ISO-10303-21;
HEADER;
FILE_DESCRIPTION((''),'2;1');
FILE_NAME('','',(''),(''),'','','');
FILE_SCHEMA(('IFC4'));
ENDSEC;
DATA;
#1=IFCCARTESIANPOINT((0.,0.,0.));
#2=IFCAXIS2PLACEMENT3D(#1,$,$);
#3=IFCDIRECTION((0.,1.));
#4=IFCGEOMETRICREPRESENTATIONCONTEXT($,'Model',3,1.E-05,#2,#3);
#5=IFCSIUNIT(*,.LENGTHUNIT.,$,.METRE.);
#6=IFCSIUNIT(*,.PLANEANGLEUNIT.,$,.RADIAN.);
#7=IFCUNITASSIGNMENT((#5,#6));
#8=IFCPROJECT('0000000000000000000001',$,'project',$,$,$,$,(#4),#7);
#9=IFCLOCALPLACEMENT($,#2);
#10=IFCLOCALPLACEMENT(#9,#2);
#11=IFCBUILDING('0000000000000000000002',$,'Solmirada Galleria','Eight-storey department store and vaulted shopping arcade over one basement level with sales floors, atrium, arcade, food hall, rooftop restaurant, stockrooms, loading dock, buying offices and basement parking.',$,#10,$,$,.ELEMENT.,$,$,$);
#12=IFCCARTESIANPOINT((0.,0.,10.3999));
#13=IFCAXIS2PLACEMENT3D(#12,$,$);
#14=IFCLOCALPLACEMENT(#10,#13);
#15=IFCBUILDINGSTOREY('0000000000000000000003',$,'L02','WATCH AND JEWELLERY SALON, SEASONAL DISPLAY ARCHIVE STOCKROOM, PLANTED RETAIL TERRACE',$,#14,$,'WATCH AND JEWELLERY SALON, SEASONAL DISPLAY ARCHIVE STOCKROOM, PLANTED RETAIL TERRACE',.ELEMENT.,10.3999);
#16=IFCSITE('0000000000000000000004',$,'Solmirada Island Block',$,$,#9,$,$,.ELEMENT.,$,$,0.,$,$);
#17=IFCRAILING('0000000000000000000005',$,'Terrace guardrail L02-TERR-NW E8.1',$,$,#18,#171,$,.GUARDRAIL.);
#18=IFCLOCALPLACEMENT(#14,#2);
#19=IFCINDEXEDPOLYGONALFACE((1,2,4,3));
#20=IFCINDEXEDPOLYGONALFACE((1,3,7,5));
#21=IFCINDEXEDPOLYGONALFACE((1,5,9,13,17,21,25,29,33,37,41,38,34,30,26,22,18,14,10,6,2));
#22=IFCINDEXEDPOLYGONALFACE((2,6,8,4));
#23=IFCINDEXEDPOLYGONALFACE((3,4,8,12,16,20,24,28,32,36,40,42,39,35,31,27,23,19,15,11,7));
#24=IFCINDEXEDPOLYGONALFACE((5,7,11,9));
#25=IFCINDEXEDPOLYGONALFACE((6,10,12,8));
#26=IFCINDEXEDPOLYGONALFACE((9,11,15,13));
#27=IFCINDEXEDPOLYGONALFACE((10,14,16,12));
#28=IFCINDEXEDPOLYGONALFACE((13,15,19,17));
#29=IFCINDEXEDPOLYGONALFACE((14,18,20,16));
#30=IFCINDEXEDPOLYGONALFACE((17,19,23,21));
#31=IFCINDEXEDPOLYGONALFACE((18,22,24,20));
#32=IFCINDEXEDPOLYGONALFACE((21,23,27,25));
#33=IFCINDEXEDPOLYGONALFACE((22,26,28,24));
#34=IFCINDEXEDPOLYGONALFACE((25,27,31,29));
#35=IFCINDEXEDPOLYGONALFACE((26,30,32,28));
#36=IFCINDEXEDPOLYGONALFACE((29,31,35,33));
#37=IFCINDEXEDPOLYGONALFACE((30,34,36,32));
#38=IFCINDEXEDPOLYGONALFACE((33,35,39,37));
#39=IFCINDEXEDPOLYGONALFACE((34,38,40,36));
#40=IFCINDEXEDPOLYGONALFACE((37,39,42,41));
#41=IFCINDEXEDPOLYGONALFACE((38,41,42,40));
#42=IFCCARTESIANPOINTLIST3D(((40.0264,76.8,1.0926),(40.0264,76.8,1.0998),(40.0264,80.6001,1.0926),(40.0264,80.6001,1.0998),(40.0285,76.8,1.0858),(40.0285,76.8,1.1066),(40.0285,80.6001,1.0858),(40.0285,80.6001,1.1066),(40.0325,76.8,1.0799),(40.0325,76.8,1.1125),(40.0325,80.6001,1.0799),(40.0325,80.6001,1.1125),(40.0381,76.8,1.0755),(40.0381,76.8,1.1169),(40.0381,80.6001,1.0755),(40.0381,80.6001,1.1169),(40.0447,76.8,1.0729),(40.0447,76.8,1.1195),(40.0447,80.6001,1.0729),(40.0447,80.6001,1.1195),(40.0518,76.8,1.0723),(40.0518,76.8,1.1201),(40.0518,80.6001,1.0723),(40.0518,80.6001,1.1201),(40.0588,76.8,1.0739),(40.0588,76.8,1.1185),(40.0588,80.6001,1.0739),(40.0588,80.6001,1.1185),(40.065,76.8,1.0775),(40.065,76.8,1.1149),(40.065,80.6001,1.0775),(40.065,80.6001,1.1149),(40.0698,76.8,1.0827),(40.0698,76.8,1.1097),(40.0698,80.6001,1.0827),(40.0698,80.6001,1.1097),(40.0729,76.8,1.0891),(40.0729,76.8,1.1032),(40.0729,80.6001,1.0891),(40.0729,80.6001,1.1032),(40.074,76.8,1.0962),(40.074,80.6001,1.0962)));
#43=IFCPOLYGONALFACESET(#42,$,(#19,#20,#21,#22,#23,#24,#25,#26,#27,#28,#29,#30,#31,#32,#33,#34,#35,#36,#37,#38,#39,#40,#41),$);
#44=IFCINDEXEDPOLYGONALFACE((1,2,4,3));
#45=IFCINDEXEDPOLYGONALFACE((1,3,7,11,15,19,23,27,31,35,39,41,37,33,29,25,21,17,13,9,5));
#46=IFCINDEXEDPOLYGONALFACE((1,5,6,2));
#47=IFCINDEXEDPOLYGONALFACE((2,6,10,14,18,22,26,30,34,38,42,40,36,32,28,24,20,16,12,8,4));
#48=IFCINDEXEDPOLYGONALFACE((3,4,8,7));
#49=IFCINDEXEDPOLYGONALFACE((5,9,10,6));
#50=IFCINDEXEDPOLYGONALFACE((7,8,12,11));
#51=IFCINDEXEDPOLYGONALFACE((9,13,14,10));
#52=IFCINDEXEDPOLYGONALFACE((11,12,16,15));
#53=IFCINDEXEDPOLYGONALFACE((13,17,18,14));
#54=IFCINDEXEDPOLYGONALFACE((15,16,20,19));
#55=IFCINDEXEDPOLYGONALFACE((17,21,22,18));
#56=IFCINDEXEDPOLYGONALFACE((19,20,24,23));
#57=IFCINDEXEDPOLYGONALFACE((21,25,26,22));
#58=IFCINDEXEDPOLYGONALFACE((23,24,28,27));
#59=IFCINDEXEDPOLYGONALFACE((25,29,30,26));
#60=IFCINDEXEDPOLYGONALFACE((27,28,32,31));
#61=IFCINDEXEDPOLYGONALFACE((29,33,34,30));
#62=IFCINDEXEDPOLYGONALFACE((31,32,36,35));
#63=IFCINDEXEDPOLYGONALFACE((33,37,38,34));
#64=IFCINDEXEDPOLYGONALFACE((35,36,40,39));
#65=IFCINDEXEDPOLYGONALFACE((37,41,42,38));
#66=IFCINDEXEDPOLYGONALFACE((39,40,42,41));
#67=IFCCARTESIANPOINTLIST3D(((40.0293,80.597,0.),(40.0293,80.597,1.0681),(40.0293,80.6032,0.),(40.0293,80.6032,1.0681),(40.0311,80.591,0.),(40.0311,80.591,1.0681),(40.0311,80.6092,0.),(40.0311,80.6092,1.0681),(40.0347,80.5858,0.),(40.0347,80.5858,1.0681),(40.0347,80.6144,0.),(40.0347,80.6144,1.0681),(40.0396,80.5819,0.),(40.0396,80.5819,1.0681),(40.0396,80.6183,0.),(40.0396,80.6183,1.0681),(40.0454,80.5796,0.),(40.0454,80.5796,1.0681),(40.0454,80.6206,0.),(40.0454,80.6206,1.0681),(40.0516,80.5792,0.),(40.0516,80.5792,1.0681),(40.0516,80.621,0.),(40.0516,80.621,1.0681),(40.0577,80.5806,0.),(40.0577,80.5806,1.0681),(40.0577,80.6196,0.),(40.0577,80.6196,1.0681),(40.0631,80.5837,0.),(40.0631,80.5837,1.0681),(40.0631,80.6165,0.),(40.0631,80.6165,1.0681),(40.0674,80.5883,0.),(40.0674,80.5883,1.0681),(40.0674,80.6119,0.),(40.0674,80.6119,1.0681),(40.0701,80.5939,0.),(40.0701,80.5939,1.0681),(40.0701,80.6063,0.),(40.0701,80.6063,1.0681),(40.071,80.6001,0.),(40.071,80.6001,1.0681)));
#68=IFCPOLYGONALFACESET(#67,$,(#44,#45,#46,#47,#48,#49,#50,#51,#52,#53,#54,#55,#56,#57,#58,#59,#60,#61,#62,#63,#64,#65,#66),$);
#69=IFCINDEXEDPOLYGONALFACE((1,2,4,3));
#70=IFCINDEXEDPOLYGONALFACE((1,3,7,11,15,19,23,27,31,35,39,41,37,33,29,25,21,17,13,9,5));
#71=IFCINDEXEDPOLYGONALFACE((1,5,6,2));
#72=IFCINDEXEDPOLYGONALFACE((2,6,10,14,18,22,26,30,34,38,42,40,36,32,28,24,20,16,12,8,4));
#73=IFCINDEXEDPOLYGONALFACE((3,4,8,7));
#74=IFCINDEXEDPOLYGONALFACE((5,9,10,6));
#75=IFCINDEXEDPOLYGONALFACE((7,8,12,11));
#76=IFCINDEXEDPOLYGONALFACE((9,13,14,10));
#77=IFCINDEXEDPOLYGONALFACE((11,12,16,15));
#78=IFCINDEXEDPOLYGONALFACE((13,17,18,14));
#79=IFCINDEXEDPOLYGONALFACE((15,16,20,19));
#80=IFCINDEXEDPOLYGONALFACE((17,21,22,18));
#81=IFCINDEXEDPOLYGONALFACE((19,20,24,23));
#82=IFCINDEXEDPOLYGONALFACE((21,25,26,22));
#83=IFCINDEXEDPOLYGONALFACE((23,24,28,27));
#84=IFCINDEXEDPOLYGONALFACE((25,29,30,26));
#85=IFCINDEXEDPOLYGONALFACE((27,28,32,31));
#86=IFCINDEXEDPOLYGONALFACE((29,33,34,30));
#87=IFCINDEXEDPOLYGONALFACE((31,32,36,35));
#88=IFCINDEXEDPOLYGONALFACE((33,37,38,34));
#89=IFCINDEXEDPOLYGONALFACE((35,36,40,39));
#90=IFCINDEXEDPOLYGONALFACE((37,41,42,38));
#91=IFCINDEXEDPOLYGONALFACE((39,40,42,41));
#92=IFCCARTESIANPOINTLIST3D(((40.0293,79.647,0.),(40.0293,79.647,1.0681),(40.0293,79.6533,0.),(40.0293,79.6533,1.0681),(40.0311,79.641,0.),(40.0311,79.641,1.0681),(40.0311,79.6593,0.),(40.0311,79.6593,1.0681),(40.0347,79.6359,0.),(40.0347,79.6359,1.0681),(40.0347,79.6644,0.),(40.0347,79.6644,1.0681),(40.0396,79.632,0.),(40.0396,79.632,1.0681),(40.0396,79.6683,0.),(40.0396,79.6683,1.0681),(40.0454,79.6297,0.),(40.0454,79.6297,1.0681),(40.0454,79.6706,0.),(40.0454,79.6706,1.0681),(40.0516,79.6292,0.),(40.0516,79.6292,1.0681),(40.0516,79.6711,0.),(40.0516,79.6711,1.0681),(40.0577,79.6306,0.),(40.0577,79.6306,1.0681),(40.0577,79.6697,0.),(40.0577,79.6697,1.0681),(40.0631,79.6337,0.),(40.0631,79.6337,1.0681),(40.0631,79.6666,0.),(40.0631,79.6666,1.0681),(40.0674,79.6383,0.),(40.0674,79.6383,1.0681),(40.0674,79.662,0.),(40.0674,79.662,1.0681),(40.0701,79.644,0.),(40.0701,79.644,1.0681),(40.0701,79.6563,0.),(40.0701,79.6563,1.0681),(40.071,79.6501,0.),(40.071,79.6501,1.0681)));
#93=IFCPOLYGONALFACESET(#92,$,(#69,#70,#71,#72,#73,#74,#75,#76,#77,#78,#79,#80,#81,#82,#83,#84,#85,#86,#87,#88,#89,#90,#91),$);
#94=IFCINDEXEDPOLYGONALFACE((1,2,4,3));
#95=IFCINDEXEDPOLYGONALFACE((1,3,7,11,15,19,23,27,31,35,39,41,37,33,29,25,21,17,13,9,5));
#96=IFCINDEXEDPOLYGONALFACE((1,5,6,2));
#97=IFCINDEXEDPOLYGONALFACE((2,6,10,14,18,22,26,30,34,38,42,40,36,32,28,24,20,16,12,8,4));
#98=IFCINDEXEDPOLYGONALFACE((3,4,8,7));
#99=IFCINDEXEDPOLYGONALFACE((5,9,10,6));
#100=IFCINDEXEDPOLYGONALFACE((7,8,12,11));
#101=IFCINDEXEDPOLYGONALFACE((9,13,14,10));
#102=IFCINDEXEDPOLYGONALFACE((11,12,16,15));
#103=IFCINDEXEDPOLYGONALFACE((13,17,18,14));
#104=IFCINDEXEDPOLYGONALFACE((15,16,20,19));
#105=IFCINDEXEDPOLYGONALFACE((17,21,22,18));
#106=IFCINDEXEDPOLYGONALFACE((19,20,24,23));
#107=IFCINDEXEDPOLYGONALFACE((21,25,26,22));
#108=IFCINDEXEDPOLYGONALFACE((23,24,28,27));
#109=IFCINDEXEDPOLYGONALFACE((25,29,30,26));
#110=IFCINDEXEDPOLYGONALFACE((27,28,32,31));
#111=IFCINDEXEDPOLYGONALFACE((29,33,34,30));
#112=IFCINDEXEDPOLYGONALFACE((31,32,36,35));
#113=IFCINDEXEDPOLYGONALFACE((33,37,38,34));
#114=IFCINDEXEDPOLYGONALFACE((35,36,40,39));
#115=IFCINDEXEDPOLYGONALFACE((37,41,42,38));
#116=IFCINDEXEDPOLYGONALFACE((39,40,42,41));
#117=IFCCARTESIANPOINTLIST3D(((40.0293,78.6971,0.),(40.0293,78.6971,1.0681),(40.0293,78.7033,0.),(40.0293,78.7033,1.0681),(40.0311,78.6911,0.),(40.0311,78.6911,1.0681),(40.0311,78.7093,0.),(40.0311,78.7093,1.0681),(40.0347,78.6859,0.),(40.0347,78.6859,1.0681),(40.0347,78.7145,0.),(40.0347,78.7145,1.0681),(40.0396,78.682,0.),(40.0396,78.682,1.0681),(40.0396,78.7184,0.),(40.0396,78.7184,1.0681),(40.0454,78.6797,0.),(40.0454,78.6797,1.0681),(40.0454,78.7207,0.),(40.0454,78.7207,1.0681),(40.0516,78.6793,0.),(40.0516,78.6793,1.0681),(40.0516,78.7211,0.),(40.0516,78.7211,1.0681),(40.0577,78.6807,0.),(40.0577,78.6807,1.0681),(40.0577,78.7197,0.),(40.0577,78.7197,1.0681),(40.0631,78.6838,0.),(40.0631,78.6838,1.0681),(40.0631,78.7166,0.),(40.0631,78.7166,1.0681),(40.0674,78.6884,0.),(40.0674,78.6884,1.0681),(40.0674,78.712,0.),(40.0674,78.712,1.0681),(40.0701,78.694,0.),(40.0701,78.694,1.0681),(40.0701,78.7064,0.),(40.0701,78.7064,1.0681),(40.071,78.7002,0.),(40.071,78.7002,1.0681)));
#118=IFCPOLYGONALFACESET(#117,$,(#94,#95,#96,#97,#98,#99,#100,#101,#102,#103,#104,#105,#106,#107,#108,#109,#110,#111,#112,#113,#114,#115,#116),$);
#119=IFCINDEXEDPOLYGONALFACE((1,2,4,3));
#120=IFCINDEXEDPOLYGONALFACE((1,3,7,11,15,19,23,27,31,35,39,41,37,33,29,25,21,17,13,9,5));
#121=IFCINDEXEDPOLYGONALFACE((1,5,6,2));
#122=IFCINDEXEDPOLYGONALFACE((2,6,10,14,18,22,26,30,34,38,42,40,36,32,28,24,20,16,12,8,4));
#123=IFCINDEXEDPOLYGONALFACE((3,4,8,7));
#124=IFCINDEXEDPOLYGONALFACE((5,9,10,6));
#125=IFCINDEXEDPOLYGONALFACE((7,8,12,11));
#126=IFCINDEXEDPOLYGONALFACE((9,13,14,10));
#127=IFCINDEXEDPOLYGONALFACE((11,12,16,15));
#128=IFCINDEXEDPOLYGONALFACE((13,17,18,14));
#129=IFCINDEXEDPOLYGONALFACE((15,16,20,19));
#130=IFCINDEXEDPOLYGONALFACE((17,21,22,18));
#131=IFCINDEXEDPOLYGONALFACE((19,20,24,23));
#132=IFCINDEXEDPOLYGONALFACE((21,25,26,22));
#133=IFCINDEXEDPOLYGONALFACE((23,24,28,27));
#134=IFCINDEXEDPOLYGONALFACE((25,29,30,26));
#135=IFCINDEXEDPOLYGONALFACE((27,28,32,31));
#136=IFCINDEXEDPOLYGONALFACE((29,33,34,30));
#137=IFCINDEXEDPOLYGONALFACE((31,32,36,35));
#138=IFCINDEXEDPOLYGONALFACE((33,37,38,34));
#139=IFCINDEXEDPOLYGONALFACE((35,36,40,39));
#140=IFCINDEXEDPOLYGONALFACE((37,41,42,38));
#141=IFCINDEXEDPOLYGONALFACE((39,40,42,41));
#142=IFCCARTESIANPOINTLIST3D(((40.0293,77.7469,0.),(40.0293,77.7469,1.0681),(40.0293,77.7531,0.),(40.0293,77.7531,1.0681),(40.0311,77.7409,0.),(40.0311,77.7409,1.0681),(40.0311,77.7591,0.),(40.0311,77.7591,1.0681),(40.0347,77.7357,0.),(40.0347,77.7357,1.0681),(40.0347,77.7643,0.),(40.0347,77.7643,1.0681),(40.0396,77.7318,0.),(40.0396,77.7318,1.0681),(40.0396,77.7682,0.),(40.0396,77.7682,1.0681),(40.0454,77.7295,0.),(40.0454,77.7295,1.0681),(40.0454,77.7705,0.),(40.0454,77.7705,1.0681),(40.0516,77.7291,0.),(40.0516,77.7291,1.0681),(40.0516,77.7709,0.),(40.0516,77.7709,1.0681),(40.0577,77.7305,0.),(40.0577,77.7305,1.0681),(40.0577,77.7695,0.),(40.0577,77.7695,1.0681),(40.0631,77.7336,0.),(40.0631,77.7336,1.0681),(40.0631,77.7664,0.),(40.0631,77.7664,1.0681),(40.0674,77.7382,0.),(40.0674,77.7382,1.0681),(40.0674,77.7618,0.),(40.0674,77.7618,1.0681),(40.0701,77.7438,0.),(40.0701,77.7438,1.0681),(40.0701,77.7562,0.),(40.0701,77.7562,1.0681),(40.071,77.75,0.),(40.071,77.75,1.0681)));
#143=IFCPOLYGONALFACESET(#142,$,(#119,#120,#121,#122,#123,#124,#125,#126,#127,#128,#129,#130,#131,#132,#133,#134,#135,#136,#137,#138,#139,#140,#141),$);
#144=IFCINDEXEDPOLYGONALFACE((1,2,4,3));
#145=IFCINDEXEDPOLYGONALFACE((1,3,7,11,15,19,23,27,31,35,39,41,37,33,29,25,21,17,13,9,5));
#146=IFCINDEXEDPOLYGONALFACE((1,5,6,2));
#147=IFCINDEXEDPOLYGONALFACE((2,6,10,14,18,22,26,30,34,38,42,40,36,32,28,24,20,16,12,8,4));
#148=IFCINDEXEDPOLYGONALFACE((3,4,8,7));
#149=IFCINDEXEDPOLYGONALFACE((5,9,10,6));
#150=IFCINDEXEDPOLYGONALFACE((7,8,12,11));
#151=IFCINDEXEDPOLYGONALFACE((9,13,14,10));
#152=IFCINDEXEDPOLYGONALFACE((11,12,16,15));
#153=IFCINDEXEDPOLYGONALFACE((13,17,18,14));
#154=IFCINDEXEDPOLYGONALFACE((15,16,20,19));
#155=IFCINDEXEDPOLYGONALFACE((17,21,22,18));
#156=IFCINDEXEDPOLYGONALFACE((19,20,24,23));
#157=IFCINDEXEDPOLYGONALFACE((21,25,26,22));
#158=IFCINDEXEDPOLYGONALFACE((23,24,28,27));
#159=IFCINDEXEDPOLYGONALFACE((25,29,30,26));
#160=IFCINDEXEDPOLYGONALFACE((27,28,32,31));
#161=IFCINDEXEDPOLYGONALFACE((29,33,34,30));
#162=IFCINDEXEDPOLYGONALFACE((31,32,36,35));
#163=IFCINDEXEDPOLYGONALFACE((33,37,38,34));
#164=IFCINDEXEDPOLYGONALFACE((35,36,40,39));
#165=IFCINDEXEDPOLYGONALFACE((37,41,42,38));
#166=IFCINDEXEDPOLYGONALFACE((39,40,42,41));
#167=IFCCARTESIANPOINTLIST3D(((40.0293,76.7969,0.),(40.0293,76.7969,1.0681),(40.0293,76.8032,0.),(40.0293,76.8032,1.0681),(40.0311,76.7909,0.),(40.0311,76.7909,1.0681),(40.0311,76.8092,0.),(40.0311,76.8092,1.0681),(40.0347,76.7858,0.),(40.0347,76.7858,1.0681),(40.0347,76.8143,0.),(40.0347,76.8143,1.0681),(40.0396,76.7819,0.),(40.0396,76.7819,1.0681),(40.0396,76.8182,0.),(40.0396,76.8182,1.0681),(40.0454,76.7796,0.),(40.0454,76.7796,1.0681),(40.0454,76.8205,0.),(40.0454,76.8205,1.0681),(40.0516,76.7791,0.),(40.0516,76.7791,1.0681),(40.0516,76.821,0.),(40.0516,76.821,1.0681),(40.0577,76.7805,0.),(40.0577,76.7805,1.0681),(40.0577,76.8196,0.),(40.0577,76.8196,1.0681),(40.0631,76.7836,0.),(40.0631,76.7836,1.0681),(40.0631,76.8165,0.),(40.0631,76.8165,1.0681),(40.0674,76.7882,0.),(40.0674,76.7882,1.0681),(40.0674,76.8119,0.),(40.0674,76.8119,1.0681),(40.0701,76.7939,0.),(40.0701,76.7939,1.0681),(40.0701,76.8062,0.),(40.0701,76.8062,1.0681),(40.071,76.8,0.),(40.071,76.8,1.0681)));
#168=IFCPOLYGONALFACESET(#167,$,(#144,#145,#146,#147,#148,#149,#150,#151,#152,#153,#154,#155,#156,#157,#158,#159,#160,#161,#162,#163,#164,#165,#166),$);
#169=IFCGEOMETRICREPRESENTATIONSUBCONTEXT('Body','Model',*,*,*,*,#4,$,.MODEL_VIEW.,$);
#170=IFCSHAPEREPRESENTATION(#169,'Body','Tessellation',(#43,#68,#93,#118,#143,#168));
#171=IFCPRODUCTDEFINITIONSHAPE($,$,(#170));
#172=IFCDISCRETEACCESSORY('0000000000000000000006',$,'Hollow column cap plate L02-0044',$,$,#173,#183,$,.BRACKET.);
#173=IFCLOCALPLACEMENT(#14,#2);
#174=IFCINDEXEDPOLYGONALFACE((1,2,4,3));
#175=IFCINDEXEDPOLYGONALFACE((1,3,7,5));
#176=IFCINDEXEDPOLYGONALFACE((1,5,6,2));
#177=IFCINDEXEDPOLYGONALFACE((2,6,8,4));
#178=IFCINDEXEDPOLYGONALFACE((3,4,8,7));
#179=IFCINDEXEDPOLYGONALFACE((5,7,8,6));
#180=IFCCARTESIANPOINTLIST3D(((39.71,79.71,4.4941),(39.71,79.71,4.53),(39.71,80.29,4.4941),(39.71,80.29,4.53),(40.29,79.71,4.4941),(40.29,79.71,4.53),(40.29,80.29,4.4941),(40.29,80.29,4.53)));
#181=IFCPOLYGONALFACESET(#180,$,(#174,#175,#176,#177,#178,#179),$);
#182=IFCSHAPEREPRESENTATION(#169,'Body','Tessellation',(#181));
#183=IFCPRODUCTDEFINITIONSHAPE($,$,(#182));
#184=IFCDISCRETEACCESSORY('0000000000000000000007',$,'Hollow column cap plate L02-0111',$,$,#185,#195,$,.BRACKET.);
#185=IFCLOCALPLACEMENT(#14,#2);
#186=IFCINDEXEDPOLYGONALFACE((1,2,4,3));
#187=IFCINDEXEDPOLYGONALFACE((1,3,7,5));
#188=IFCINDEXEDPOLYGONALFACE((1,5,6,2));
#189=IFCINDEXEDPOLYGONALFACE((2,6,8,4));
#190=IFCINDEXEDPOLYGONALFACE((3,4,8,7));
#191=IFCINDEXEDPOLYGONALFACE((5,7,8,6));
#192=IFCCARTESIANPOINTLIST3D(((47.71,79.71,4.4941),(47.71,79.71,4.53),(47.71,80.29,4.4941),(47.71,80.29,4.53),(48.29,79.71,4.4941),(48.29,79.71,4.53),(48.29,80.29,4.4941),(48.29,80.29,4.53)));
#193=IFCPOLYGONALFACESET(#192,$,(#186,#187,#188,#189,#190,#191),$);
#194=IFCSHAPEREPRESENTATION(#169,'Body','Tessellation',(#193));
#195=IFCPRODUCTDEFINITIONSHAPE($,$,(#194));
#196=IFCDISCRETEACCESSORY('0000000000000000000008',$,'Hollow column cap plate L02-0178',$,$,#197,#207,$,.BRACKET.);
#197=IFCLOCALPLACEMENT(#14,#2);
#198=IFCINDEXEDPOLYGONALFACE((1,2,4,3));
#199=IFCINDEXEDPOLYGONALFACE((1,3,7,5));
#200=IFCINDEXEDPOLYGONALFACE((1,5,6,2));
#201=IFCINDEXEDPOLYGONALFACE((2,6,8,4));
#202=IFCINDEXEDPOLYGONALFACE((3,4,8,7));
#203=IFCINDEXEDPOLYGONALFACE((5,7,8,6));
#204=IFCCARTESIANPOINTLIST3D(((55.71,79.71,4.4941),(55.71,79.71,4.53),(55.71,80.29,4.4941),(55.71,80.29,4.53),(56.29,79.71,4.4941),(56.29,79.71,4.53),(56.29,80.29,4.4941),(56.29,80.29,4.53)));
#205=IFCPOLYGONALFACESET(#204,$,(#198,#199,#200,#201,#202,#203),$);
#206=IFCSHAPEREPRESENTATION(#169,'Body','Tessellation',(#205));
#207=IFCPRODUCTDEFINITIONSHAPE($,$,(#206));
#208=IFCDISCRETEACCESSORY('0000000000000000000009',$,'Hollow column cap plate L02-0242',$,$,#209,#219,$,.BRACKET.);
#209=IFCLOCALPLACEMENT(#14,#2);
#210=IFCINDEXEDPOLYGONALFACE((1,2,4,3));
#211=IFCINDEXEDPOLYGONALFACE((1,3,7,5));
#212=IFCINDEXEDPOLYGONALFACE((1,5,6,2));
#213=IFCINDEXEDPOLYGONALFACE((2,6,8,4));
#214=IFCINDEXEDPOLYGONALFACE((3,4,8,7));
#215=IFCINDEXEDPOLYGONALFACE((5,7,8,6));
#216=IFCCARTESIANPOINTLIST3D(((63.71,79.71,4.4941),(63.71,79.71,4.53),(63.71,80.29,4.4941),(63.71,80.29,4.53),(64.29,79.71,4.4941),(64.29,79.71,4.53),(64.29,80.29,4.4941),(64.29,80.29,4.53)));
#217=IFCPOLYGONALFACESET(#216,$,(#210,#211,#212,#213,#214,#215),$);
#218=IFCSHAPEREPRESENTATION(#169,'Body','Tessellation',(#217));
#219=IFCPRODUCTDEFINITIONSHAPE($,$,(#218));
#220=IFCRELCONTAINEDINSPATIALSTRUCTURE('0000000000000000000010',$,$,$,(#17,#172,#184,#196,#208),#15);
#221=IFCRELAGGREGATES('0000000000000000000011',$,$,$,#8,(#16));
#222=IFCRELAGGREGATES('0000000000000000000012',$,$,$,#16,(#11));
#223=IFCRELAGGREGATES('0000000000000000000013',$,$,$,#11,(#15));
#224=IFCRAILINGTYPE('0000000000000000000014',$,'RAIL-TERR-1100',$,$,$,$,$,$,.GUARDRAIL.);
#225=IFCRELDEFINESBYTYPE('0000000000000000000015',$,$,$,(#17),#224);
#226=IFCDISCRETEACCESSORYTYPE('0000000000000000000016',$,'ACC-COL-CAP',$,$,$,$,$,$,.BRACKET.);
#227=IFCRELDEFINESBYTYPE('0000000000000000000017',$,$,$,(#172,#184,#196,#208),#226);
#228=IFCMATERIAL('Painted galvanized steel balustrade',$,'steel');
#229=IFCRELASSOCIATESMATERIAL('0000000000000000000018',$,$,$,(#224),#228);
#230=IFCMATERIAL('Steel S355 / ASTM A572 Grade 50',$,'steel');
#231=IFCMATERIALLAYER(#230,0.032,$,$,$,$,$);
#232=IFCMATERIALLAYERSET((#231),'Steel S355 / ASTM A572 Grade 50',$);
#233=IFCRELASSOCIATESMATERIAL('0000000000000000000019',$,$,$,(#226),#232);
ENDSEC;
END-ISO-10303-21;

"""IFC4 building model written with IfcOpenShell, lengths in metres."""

from ifc_helpers import new_model, si_unit, direction, frame, origin, origin_2d, place, context, subcontext, project, spatial, rectangle, circle, extrude, material, layer, layer_set, type_object, element, save


model = new_model("IFC4")

# Units and contexts
model_context = context("Model", 3, precision=1e-05, world=origin(), true_north=direction((0.0, 1.0)))
body_context = subcontext(model_context, "Body", "Model", "MODEL_VIEW")
ifc_project = project(units=[si_unit("LENGTHUNIT", "METRE"), si_unit("PLANEANGLEUNIT", "RADIAN")], contexts=[model_context])

# Site, building, storey
site_placement = place(None, origin())
site = spatial("IfcSite", under=ifc_project, at=site_placement, Name="Solmirada Island Block", CompositionType="ELEMENT", RefElevation=0.0)
building_placement = place(site_placement, origin())
building = spatial("IfcBuilding", under=site, at=building_placement, Name="Solmirada Galleria", Description="Eight-storey department store and vaulted shopping arcade over one basement level with sales floors, atrium, arcade, food hall, rooftop restaurant, stockrooms, loading dock, buying offices and basement parking.", CompositionType="ELEMENT")
storey_placement = place(building_placement, frame((0.0, 0.0, 10.3999)))
storey = spatial("IfcBuildingStorey", under=building, at=storey_placement, Name="L02", Description="WATCH AND JEWELLERY SALON, SEASONAL DISPLAY ARCHIVE STOCKROOM, PLANTED RETAIL TERRACE", LongName="WATCH AND JEWELLERY SALON, SEASONAL DISPLAY ARCHIVE STOCKROOM, PLANTED RETAIL TERRACE", CompositionType="ELEMENT", Elevation=10.3999)

# Railing
ifc_material_1 = material(Name="Painted galvanized steel balustrade", Category="steel")
railing_type = type_object("IfcRailingType", Name="RAIL-TERR-1100", PredefinedType="GUARDRAIL", material=ifc_material_1)
railing_1_placement = place(storey_placement, frame((40.05, 80.6001, 0.0)))
element("IfcRailing", 1, at=railing_1_placement, inside=storey, type_object=railing_type, Name="Terrace guardrail L02-TERR-NW E8.1", PredefinedType="GUARDRAIL", context=body_context, shape_type="SweptSolid", body=[
    extrude(circle(Radius=0.0239, at=origin_2d()), frame((0.0, 0.0, 1.0962), z_axis=(0.0, -1.0, 0.0), x_axis=(1.0, 0.0, 0.0)), (0.0, 0.0, 1.0), 3.8),
    extrude(circle(Radius=0.021, at=origin_2d()), origin(), (0.0, 0.0, 1.0), 1.0681),
    extrude(circle(Radius=0.021, at=origin_2d()), frame((0.0, -0.95, 0.0)), (0.0, 0.0, 1.0), 1.0681),
    extrude(circle(Radius=0.021, at=origin_2d()), frame((0.0, -1.8999, 0.0)), (0.0, 0.0, 1.0), 1.0681),
    extrude(circle(Radius=0.021, at=origin_2d()), frame((0.0, -2.8501, 0.0)), (0.0, 0.0, 1.0), 1.0681),
    extrude(circle(Radius=0.021, at=origin_2d()), frame((0.0, -3.8, 0.0)), (0.0, 0.0, 1.0), 1.0681),
])

# Discrete accessories
ifc_material_2 = material(Name="Steel S355 / ASTM A572 Grade 50", Category="steel")
ifc_layer_1 = layer(ifc_material_2, 0.032)
ifc_layer_set_1 = layer_set([ifc_layer_1], Name="Steel S355 / ASTM A572 Grade 50")
discrete_accessory_type = type_object("IfcDiscreteAccessoryType", Name="ACC-COL-CAP", PredefinedType="BRACKET", material=ifc_layer_set_1)
for number, where, z_axis, x_axis, name in (
    (2, (40.0, 80.0, 4.4941), (0.0, 0.0, 1.0), (1.0, 0.0, 0.0), "Hollow column cap plate L02-0044"),
    (3, (48.0, 80.0, 4.4941), (0.0, 0.0, 1.0), (1.0, 0.0, 0.0), "Hollow column cap plate L02-0111"),
    (4, (56.0, 80.0, 4.4941), (0.0, 0.0, 1.0), (1.0, 0.0, 0.0), "Hollow column cap plate L02-0178"),
    (5, (64.0, 80.0, 4.4941), (0.0, 0.0, 1.0), (1.0, 0.0, 0.0), "Hollow column cap plate L02-0242"),
):
    element("IfcDiscreteAccessory", number, at=place(storey_placement, frame(where, z_axis=z_axis, x_axis=x_axis)), inside=storey, type_object=discrete_accessory_type, Name=name, PredefinedType="BRACKET", context=body_context, shape_type="SweptSolid", body=[
        extrude(rectangle(XDim=0.5801, YDim=0.5801, at=origin_2d()), origin(), (0.0, 0.0, 1.0), 0.0359),
    ])

save(model, "model.ifc")
